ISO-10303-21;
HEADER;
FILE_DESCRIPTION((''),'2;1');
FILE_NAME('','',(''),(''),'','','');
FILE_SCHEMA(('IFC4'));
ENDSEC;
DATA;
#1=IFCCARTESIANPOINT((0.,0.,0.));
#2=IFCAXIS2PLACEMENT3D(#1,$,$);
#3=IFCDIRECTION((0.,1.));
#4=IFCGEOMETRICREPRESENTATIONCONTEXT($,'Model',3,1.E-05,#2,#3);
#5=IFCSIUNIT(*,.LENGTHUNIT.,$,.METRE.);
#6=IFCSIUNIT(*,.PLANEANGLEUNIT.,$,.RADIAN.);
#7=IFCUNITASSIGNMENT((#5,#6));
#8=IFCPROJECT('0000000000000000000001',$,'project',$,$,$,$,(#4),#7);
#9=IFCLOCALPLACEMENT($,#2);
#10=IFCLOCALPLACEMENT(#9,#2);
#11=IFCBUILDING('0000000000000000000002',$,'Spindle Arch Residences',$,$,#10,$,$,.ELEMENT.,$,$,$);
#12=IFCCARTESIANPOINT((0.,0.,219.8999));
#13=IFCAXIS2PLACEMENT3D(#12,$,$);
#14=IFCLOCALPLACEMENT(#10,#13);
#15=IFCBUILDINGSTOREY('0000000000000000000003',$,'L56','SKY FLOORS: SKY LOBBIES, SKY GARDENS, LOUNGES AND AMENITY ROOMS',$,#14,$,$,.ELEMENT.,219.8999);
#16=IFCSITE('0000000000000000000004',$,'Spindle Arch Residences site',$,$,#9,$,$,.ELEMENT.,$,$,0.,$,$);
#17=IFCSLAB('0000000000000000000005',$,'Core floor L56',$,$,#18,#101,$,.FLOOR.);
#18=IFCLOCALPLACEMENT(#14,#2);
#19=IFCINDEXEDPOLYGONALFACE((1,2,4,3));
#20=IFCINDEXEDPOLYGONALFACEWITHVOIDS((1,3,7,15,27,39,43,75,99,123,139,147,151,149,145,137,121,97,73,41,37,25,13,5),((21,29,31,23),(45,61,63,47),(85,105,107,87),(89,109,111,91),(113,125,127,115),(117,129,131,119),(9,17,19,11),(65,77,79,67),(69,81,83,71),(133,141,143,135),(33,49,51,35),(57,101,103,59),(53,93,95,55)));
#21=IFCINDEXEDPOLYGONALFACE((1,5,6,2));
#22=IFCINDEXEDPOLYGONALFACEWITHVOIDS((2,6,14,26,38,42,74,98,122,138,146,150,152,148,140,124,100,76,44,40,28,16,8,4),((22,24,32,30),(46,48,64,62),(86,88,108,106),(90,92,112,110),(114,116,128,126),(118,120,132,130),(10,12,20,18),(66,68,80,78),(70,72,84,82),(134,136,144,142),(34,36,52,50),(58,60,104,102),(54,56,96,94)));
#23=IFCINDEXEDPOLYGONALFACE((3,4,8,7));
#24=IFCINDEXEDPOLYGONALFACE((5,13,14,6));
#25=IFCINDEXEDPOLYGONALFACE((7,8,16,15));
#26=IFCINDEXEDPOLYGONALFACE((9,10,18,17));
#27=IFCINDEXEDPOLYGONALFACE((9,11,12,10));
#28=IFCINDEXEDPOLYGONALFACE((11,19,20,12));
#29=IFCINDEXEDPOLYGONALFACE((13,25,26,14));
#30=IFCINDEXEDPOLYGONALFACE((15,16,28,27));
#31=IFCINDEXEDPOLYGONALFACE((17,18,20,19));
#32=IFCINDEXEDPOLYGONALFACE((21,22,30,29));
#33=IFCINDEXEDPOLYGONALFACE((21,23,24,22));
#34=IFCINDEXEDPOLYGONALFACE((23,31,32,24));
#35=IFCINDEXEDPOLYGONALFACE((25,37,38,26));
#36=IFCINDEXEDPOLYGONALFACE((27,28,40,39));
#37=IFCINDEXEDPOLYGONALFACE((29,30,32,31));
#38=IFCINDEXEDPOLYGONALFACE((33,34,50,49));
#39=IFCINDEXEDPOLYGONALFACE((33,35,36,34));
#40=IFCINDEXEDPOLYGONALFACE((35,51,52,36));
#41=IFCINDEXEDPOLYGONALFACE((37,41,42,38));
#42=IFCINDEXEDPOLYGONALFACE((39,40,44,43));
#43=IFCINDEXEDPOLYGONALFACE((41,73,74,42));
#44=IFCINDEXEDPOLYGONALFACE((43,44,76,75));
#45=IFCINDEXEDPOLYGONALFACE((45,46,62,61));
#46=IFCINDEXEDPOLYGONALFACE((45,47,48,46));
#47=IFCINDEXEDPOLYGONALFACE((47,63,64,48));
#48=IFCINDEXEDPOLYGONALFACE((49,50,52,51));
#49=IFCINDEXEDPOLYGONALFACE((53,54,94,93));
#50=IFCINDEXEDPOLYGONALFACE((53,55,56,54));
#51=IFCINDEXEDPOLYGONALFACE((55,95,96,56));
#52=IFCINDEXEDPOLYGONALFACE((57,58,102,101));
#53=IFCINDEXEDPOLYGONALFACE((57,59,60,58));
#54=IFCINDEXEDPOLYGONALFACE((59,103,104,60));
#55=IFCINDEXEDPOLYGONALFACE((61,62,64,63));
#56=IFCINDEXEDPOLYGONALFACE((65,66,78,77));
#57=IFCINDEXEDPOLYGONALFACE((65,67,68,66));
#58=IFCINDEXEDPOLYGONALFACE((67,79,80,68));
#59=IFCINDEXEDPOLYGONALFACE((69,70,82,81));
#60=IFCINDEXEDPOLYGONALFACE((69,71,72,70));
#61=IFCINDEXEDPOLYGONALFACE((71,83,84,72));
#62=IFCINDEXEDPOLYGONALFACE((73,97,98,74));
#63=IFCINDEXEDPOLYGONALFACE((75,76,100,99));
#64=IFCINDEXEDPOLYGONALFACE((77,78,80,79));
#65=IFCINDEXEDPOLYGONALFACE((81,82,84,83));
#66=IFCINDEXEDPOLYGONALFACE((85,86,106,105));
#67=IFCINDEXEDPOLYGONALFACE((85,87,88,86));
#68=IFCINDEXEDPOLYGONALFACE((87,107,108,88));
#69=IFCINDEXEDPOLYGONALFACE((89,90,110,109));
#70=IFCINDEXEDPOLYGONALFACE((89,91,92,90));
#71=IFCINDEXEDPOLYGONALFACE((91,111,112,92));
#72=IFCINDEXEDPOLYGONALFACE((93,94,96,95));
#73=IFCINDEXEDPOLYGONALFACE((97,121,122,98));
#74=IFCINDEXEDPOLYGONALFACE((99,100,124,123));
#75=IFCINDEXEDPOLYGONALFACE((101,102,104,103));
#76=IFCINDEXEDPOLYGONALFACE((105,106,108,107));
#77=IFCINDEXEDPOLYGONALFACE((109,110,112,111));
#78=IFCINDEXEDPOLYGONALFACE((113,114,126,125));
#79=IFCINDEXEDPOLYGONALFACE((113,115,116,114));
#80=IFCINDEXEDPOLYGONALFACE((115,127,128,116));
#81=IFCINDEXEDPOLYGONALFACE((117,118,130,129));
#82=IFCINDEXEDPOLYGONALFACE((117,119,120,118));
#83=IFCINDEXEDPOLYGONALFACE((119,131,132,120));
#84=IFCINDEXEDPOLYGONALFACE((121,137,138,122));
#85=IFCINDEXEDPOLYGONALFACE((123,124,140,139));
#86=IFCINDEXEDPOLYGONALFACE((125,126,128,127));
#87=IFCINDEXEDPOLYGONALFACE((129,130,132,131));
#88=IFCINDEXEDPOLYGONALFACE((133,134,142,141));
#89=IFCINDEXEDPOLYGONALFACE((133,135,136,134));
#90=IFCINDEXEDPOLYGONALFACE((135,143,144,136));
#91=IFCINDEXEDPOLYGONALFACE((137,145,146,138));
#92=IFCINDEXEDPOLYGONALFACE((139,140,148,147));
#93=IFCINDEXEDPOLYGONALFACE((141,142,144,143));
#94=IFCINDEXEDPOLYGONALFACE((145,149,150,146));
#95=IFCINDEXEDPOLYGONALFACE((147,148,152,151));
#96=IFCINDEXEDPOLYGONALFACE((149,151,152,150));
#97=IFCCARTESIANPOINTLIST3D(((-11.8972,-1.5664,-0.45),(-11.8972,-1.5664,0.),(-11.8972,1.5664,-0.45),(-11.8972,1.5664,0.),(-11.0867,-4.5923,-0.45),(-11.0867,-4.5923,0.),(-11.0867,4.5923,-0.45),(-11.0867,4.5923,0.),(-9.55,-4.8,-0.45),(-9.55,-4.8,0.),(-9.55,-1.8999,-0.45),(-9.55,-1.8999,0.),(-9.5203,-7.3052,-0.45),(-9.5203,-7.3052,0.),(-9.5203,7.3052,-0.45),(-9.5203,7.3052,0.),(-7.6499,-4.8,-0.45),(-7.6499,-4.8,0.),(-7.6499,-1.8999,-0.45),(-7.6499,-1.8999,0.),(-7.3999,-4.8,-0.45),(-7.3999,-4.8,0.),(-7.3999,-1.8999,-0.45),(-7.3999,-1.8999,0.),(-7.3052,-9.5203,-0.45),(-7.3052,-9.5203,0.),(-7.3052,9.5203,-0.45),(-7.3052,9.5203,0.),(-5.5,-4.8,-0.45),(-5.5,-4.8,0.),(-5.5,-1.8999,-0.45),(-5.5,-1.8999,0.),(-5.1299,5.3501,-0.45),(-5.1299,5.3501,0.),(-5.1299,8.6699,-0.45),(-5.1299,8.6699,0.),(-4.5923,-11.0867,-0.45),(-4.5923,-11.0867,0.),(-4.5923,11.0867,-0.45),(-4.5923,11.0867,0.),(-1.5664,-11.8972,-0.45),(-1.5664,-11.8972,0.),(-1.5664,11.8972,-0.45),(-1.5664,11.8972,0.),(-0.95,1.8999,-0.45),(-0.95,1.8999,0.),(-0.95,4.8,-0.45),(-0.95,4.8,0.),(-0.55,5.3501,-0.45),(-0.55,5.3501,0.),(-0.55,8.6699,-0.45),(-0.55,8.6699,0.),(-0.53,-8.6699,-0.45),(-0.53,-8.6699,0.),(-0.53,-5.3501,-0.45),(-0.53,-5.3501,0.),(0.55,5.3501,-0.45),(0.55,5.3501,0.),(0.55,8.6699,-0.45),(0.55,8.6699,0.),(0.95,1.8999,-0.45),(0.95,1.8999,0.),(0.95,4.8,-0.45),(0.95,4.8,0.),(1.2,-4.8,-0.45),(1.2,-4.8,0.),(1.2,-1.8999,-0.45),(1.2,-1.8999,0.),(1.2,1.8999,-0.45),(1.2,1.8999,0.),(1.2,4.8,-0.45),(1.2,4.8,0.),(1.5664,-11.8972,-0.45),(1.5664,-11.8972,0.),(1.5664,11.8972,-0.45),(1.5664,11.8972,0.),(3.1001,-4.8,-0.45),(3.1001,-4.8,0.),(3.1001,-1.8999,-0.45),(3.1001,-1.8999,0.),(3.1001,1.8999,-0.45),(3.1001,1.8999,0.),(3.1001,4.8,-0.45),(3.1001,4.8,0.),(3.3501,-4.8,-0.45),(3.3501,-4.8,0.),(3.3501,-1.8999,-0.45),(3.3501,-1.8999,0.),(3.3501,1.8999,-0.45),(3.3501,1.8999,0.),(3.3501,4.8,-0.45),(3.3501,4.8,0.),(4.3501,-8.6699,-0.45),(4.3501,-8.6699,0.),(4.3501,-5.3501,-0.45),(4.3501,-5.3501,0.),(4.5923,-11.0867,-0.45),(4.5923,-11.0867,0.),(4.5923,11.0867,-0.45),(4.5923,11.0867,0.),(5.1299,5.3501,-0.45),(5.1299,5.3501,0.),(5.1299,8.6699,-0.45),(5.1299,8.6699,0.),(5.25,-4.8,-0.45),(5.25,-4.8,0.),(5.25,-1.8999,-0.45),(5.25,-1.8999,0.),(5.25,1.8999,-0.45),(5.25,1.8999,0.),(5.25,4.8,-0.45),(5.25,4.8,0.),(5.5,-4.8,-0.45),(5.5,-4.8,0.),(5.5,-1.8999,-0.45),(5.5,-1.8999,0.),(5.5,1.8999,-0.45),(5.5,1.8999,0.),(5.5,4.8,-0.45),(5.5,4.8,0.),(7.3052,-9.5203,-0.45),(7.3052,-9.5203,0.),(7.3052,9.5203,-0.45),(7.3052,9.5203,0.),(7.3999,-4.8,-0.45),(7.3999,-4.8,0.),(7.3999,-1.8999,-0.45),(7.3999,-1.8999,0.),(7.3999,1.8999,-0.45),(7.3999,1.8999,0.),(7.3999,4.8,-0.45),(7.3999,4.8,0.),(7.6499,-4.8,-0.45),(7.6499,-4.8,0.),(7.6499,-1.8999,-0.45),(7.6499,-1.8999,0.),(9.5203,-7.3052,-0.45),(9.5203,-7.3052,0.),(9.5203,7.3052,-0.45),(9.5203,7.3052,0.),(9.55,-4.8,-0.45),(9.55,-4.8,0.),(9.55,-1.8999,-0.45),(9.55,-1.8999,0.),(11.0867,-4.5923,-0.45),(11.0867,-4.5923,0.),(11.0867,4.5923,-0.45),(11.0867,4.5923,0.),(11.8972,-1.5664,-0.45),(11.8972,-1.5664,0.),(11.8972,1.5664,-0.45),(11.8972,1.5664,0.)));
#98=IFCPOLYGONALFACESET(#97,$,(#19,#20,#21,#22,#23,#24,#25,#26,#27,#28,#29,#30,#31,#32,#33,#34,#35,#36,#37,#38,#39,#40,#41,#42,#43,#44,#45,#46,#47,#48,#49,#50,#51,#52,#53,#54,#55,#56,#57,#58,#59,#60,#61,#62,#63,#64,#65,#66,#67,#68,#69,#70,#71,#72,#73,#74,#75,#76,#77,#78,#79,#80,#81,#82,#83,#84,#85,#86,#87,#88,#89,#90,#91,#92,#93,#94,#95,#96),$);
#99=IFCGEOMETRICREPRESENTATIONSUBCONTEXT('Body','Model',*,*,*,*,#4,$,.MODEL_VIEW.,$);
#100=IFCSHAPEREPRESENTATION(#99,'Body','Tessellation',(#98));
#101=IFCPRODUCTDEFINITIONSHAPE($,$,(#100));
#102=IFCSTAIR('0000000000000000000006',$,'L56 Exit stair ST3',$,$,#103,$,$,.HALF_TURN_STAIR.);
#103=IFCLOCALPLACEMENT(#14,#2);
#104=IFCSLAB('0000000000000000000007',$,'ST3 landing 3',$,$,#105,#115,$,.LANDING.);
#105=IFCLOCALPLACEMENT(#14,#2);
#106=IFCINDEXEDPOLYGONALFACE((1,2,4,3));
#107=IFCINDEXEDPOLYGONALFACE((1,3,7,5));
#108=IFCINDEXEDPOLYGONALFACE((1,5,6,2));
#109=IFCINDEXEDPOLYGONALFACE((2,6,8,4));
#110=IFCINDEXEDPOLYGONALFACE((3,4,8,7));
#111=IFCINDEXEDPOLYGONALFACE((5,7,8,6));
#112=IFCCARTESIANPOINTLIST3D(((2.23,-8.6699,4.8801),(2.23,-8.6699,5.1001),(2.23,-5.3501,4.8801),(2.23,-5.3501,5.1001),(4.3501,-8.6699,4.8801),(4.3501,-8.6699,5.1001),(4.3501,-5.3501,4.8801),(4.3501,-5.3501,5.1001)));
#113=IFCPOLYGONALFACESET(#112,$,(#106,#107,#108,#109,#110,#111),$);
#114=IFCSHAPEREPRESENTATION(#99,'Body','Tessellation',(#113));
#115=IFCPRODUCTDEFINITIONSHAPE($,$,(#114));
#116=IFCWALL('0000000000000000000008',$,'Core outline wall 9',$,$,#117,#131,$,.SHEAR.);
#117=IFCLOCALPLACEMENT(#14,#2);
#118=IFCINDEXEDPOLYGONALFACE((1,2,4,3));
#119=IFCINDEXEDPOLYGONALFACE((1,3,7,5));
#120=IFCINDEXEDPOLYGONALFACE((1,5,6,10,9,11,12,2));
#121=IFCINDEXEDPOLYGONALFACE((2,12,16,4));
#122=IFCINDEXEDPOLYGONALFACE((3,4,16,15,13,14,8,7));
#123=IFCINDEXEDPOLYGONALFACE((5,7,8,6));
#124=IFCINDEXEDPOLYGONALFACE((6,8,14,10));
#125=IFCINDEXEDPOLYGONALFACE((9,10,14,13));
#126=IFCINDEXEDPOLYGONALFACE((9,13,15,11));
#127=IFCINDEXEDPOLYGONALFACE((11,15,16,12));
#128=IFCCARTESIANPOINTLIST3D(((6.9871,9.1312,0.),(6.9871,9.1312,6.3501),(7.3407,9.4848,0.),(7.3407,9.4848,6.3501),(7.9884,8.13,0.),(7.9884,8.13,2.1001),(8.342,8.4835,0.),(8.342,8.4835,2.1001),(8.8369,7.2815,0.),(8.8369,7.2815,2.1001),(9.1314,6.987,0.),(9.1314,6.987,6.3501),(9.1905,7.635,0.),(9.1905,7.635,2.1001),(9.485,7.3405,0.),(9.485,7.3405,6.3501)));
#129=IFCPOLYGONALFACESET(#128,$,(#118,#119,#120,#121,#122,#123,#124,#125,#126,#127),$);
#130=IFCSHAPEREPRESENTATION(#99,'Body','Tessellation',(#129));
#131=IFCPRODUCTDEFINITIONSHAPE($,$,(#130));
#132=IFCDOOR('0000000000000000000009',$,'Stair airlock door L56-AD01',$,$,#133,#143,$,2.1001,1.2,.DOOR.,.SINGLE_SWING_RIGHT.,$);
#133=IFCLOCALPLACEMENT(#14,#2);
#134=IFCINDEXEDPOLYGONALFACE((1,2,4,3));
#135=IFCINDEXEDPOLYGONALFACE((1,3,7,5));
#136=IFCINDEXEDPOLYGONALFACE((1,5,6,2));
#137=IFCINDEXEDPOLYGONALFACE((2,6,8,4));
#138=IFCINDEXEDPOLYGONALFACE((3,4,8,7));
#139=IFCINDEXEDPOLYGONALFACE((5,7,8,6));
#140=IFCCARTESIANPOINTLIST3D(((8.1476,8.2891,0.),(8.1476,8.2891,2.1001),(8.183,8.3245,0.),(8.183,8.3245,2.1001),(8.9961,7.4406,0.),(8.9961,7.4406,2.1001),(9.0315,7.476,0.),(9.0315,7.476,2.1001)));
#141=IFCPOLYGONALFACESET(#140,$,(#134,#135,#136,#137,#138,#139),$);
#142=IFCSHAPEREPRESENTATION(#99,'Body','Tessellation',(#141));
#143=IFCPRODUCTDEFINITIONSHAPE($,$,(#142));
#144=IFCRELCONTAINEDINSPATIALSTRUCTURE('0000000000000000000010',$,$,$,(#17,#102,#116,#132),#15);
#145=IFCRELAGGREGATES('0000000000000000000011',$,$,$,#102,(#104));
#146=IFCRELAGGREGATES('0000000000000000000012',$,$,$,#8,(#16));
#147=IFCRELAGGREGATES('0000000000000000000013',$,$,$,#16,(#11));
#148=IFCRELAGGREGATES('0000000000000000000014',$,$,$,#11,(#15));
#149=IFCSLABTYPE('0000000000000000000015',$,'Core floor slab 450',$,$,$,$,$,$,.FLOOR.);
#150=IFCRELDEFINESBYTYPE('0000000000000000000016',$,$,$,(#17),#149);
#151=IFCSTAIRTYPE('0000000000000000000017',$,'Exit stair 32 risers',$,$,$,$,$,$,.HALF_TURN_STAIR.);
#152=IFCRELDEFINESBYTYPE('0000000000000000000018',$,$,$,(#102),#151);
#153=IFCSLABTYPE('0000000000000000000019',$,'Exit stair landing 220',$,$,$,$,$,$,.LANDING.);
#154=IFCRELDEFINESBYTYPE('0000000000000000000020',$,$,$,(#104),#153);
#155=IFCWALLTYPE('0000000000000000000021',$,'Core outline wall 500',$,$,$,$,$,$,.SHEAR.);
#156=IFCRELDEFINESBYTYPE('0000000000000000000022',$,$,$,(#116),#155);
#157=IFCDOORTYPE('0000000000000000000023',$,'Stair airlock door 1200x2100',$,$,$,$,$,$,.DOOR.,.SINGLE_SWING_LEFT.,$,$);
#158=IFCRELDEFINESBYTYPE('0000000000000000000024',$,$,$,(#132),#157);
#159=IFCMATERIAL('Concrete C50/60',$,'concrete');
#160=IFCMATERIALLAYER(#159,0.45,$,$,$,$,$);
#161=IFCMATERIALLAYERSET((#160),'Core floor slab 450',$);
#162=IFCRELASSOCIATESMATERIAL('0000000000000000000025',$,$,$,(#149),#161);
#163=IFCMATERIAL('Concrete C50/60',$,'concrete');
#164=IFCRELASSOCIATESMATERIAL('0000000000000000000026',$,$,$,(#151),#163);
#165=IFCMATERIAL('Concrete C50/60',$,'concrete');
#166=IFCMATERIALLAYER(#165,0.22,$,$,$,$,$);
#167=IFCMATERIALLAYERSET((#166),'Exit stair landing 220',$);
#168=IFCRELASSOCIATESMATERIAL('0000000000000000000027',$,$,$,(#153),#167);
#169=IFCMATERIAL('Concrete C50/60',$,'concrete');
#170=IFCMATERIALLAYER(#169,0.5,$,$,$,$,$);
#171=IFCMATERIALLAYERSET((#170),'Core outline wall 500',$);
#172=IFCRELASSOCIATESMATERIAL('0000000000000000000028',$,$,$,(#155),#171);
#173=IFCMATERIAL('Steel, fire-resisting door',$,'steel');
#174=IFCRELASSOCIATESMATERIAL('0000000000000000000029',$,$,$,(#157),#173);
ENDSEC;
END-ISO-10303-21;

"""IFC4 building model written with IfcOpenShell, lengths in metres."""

from ifc_helpers import new_model, si_unit, direction, frame, frame_2d, origin, place, context, subcontext, project, spatial, polyline, rectangle, outline, extrude, material, layer, layer_set, type_object, element, fill, aggregate, save


model = new_model("IFC4")

# Units and contexts
model_context = context("Model", 3, precision=1e-05, world=origin(), true_north=direction((0.0, 1.0)))
body_context = subcontext(model_context, "Body", "Model", "MODEL_VIEW")
ifc_project = project(units=[si_unit("LENGTHUNIT", "METRE"), si_unit("PLANEANGLEUNIT", "RADIAN")], contexts=[model_context])

# Site, building, storey
site_placement = place(None, origin())
site = spatial("IfcSite", under=ifc_project, at=site_placement, Name="Spindle Arch Residences site", CompositionType="ELEMENT", RefElevation=0.0)
building_placement = place(site_placement, origin())
building = spatial("IfcBuilding", under=site, at=building_placement, Name="Spindle Arch Residences", CompositionType="ELEMENT")
storey_placement = place(building_placement, frame((0.0, 0.0, 219.8999)))
storey = spatial("IfcBuildingStorey", under=building, at=storey_placement, Name="L56", Description="SKY FLOORS: SKY LOBBIES, SKY GARDENS, LOUNGES AND AMENITY ROOMS", CompositionType="ELEMENT", Elevation=219.8999)

# Slab
ifc_material_1 = material(Name="Concrete C50/60", Category="concrete")
ifc_layer_1 = layer(ifc_material_1, 0.45)
ifc_layer_set_1 = layer_set([ifc_layer_1], Name="Core floor slab 450")
slab_type_1 = type_object("IfcSlabType", Name="Core floor slab 450", PredefinedType="FLOOR", material=ifc_layer_set_1)
slab_1_placement = place(storey_placement, frame((0.0, 0.0, -0.45)))
element("IfcSlab", 1, at=slab_1_placement, inside=storey, type_object=slab_type_1, Name="Core floor L56", PredefinedType="FLOOR", context=body_context, shape_type="SweptSolid", body=[
    extrude(outline(polyline([(1.5664, -11.8972), (4.5923, -11.0867), (7.3052, -9.5203), (9.5203, -7.3052), (11.0867, -4.5923), (11.8972, -1.5664), (11.8972, 1.5664), (11.0867, 4.5923), (9.5203, 7.3052), (7.3052, 9.5203), (4.5923, 11.0867), (1.5664, 11.8972), (-1.5664, 11.8972), (-4.5923, 11.0867), (-7.3052, 9.5203), (-9.5203, 7.3052), (-11.0867, 4.5923), (-11.8972, 1.5664), (-11.8972, -1.5664), (-11.0867, -4.5923), (-9.5203, -7.3052), (-7.3052, -9.5203), (-4.5923, -11.0867), (-1.5664, -11.8972), (1.5664, -11.8972)]), holes=[polyline([(-0.95, 1.8999), (0.95, 1.8999), (0.95, 4.8), (-0.95, 4.8), (-0.95, 1.8999)]), polyline([(1.2, 1.8999), (3.1001, 1.8999), (3.1001, 4.8), (1.2, 4.8), (1.2, 1.8999)]), polyline([(3.3501, 1.8999), (5.25, 1.8999), (5.25, 4.8), (3.3501, 4.8), (3.3501, 1.8999)]), polyline([(5.5, 1.8999), (7.3999, 1.8999), (7.3999, 4.8), (5.5, 4.8), (5.5, 1.8999)]), polyline([(-9.55, -4.8), (-7.6499, -4.8), (-7.6499, -1.8999), (-9.55, -1.8999), (-9.55, -4.8)]), polyline([(-7.3999, -4.8), (-5.5, -4.8), (-5.5, -1.8999), (-7.3999, -1.8999), (-7.3999, -4.8)]), polyline([(1.2, -4.8), (3.1001, -4.8), (3.1001, -1.8999), (1.2, -1.8999), (1.2, -4.8)]), polyline([(3.3501, -4.8), (5.25, -4.8), (5.25, -1.8999), (3.3501, -1.8999), (3.3501, -4.8)]), polyline([(5.5, -4.8), (7.3999, -4.8), (7.3999, -1.8999), (5.5, -1.8999), (5.5, -4.8)]), polyline([(7.6499, -4.8), (9.55, -4.8), (9.55, -1.8999), (7.6499, -1.8999), (7.6499, -4.8)]), polyline([(5.1299, 8.6699), (0.55, 8.6699), (0.55, 5.3501), (5.1299, 5.3501), (5.1299, 8.6699)]), polyline([(-5.1299, 5.3501), (-0.55, 5.3501), (-0.55, 8.6699), (-5.1299, 8.6699), (-5.1299, 5.3501)]), polyline([(-0.53, -8.6699), (4.3501, -8.6699), (4.3501, -5.3501), (-0.53, -5.3501), (-0.53, -8.6699)])]), origin(), (0.0, 0.0, 1.0), 0.45),
])

# Stair, slab
ifc_material_2 = material(Name="Concrete C50/60", Category="concrete")
stair_type = type_object("IfcStairType", Name="Exit stair 32 risers", PredefinedType="HALF_TURN_STAIR", material=ifc_material_2)
stair_1_placement = place(storey_placement, origin())
stair_1 = element("IfcStair", 2, at=stair_1_placement, inside=storey, type_object=stair_type, Name="L56 Exit stair ST3", PredefinedType="HALF_TURN_STAIR")
ifc_material_3 = material(Name="Concrete C50/60", Category="concrete")
ifc_layer_2 = layer(ifc_material_3, 0.22)
ifc_layer_set_2 = layer_set([ifc_layer_2], Name="Exit stair landing 220")
slab_type_2 = type_object("IfcSlabType", Name="Exit stair landing 220", PredefinedType="LANDING", material=ifc_layer_set_2)
slab_2_placement = place(storey_placement, frame((0.0, 0.0, 4.8801)))
slab_2 = element("IfcSlab", 3, at=slab_2_placement, type_object=slab_type_2, Name="ST3 landing 3", PredefinedType="LANDING", context=body_context, shape_type="SweptSolid", body=[
    extrude(outline(polyline([(2.23, -8.6699), (4.3501, -8.6699), (4.3501, -5.3501), (2.23, -5.3501), (2.23, -8.6699)])), origin(), (0.0, 0.0, 1.0), 0.22),
])
aggregate(stair_1, [slab_2])

# Wall, opening, door
ifc_material_4 = material(Name="Concrete C50/60", Category="concrete")
ifc_layer_3 = layer(ifc_material_4, 0.5)
ifc_layer_set_3 = layer_set([ifc_layer_3], Name="Core outline wall 500")
wall_type_1 = type_object("IfcWallType", Name="Core outline wall 500", PredefinedType="SHEAR", material=ifc_layer_set_3)
wall_1_placement = place(storey_placement, frame((9.3081, 7.1638, 0.0), z_axis=(0.0, 0.0, 1.0), x_axis=(-0.707107, 0.707107, 0.0)))
wall_1 = element("IfcWall", 4, at=wall_1_placement, inside=storey, type_object=wall_type_1, Name="Core outline wall 9", PredefinedType="SHEAR", context=body_context, shape_type="SweptSolid", body=[
    extrude(rectangle(XDim=3.0325, YDim=0.5, at=frame_2d((1.5161, 0.0))), origin(), (0.0, 0.0, 1.0), 6.3501),
])
opening_1_placement = place(wall_1_placement, frame((0.4163, 0.0, 0.0)))
opening_1 = element("IfcOpeningElement", 5, at=opening_1_placement, cuts=wall_1, PredefinedType="OPENING", context=body_context, shape_type="SweptSolid", body=[
    extrude(rectangle(XDim=1.2, YDim=2.1001, at=frame_2d((0.6001, 1.05))), frame((0.0, 0.26, 0.0), z_axis=(0.0, -1.0, 0.0), x_axis=(1.0, 0.0, 0.0)), (0.0, 0.0, 1.0), 0.52),
])
ifc_material_5 = material(Name="Steel, fire-resisting door", Category="steel")
door_type_1 = type_object("IfcDoorType", Name="Stair airlock door 1200x2100", OperationType="SINGLE_SWING_LEFT", PredefinedType="DOOR", material=ifc_material_5)
door_1_placement = place(opening_1_placement, origin())
door_1 = element("IfcDoor", 6, at=door_1_placement, inside=storey, type_object=door_type_1, Name="Stair airlock door L56-AD01", OperationType="SINGLE_SWING_RIGHT", OverallHeight=2.1001, OverallWidth=1.2, PredefinedType="DOOR", context=body_context, shape_type="SweptSolid", body=[
    extrude(rectangle(XDim=1.2, YDim=2.1001, at=frame_2d((0.6001, 1.05))), frame((0.0, 0.0249, 0.0), z_axis=(0.0, -1.0, 0.0), x_axis=(1.0, 0.0, 0.0)), (0.0, 0.0, 1.0), 0.05),
])
fill(opening_1, door_1)

save(model, "model.ifc")
